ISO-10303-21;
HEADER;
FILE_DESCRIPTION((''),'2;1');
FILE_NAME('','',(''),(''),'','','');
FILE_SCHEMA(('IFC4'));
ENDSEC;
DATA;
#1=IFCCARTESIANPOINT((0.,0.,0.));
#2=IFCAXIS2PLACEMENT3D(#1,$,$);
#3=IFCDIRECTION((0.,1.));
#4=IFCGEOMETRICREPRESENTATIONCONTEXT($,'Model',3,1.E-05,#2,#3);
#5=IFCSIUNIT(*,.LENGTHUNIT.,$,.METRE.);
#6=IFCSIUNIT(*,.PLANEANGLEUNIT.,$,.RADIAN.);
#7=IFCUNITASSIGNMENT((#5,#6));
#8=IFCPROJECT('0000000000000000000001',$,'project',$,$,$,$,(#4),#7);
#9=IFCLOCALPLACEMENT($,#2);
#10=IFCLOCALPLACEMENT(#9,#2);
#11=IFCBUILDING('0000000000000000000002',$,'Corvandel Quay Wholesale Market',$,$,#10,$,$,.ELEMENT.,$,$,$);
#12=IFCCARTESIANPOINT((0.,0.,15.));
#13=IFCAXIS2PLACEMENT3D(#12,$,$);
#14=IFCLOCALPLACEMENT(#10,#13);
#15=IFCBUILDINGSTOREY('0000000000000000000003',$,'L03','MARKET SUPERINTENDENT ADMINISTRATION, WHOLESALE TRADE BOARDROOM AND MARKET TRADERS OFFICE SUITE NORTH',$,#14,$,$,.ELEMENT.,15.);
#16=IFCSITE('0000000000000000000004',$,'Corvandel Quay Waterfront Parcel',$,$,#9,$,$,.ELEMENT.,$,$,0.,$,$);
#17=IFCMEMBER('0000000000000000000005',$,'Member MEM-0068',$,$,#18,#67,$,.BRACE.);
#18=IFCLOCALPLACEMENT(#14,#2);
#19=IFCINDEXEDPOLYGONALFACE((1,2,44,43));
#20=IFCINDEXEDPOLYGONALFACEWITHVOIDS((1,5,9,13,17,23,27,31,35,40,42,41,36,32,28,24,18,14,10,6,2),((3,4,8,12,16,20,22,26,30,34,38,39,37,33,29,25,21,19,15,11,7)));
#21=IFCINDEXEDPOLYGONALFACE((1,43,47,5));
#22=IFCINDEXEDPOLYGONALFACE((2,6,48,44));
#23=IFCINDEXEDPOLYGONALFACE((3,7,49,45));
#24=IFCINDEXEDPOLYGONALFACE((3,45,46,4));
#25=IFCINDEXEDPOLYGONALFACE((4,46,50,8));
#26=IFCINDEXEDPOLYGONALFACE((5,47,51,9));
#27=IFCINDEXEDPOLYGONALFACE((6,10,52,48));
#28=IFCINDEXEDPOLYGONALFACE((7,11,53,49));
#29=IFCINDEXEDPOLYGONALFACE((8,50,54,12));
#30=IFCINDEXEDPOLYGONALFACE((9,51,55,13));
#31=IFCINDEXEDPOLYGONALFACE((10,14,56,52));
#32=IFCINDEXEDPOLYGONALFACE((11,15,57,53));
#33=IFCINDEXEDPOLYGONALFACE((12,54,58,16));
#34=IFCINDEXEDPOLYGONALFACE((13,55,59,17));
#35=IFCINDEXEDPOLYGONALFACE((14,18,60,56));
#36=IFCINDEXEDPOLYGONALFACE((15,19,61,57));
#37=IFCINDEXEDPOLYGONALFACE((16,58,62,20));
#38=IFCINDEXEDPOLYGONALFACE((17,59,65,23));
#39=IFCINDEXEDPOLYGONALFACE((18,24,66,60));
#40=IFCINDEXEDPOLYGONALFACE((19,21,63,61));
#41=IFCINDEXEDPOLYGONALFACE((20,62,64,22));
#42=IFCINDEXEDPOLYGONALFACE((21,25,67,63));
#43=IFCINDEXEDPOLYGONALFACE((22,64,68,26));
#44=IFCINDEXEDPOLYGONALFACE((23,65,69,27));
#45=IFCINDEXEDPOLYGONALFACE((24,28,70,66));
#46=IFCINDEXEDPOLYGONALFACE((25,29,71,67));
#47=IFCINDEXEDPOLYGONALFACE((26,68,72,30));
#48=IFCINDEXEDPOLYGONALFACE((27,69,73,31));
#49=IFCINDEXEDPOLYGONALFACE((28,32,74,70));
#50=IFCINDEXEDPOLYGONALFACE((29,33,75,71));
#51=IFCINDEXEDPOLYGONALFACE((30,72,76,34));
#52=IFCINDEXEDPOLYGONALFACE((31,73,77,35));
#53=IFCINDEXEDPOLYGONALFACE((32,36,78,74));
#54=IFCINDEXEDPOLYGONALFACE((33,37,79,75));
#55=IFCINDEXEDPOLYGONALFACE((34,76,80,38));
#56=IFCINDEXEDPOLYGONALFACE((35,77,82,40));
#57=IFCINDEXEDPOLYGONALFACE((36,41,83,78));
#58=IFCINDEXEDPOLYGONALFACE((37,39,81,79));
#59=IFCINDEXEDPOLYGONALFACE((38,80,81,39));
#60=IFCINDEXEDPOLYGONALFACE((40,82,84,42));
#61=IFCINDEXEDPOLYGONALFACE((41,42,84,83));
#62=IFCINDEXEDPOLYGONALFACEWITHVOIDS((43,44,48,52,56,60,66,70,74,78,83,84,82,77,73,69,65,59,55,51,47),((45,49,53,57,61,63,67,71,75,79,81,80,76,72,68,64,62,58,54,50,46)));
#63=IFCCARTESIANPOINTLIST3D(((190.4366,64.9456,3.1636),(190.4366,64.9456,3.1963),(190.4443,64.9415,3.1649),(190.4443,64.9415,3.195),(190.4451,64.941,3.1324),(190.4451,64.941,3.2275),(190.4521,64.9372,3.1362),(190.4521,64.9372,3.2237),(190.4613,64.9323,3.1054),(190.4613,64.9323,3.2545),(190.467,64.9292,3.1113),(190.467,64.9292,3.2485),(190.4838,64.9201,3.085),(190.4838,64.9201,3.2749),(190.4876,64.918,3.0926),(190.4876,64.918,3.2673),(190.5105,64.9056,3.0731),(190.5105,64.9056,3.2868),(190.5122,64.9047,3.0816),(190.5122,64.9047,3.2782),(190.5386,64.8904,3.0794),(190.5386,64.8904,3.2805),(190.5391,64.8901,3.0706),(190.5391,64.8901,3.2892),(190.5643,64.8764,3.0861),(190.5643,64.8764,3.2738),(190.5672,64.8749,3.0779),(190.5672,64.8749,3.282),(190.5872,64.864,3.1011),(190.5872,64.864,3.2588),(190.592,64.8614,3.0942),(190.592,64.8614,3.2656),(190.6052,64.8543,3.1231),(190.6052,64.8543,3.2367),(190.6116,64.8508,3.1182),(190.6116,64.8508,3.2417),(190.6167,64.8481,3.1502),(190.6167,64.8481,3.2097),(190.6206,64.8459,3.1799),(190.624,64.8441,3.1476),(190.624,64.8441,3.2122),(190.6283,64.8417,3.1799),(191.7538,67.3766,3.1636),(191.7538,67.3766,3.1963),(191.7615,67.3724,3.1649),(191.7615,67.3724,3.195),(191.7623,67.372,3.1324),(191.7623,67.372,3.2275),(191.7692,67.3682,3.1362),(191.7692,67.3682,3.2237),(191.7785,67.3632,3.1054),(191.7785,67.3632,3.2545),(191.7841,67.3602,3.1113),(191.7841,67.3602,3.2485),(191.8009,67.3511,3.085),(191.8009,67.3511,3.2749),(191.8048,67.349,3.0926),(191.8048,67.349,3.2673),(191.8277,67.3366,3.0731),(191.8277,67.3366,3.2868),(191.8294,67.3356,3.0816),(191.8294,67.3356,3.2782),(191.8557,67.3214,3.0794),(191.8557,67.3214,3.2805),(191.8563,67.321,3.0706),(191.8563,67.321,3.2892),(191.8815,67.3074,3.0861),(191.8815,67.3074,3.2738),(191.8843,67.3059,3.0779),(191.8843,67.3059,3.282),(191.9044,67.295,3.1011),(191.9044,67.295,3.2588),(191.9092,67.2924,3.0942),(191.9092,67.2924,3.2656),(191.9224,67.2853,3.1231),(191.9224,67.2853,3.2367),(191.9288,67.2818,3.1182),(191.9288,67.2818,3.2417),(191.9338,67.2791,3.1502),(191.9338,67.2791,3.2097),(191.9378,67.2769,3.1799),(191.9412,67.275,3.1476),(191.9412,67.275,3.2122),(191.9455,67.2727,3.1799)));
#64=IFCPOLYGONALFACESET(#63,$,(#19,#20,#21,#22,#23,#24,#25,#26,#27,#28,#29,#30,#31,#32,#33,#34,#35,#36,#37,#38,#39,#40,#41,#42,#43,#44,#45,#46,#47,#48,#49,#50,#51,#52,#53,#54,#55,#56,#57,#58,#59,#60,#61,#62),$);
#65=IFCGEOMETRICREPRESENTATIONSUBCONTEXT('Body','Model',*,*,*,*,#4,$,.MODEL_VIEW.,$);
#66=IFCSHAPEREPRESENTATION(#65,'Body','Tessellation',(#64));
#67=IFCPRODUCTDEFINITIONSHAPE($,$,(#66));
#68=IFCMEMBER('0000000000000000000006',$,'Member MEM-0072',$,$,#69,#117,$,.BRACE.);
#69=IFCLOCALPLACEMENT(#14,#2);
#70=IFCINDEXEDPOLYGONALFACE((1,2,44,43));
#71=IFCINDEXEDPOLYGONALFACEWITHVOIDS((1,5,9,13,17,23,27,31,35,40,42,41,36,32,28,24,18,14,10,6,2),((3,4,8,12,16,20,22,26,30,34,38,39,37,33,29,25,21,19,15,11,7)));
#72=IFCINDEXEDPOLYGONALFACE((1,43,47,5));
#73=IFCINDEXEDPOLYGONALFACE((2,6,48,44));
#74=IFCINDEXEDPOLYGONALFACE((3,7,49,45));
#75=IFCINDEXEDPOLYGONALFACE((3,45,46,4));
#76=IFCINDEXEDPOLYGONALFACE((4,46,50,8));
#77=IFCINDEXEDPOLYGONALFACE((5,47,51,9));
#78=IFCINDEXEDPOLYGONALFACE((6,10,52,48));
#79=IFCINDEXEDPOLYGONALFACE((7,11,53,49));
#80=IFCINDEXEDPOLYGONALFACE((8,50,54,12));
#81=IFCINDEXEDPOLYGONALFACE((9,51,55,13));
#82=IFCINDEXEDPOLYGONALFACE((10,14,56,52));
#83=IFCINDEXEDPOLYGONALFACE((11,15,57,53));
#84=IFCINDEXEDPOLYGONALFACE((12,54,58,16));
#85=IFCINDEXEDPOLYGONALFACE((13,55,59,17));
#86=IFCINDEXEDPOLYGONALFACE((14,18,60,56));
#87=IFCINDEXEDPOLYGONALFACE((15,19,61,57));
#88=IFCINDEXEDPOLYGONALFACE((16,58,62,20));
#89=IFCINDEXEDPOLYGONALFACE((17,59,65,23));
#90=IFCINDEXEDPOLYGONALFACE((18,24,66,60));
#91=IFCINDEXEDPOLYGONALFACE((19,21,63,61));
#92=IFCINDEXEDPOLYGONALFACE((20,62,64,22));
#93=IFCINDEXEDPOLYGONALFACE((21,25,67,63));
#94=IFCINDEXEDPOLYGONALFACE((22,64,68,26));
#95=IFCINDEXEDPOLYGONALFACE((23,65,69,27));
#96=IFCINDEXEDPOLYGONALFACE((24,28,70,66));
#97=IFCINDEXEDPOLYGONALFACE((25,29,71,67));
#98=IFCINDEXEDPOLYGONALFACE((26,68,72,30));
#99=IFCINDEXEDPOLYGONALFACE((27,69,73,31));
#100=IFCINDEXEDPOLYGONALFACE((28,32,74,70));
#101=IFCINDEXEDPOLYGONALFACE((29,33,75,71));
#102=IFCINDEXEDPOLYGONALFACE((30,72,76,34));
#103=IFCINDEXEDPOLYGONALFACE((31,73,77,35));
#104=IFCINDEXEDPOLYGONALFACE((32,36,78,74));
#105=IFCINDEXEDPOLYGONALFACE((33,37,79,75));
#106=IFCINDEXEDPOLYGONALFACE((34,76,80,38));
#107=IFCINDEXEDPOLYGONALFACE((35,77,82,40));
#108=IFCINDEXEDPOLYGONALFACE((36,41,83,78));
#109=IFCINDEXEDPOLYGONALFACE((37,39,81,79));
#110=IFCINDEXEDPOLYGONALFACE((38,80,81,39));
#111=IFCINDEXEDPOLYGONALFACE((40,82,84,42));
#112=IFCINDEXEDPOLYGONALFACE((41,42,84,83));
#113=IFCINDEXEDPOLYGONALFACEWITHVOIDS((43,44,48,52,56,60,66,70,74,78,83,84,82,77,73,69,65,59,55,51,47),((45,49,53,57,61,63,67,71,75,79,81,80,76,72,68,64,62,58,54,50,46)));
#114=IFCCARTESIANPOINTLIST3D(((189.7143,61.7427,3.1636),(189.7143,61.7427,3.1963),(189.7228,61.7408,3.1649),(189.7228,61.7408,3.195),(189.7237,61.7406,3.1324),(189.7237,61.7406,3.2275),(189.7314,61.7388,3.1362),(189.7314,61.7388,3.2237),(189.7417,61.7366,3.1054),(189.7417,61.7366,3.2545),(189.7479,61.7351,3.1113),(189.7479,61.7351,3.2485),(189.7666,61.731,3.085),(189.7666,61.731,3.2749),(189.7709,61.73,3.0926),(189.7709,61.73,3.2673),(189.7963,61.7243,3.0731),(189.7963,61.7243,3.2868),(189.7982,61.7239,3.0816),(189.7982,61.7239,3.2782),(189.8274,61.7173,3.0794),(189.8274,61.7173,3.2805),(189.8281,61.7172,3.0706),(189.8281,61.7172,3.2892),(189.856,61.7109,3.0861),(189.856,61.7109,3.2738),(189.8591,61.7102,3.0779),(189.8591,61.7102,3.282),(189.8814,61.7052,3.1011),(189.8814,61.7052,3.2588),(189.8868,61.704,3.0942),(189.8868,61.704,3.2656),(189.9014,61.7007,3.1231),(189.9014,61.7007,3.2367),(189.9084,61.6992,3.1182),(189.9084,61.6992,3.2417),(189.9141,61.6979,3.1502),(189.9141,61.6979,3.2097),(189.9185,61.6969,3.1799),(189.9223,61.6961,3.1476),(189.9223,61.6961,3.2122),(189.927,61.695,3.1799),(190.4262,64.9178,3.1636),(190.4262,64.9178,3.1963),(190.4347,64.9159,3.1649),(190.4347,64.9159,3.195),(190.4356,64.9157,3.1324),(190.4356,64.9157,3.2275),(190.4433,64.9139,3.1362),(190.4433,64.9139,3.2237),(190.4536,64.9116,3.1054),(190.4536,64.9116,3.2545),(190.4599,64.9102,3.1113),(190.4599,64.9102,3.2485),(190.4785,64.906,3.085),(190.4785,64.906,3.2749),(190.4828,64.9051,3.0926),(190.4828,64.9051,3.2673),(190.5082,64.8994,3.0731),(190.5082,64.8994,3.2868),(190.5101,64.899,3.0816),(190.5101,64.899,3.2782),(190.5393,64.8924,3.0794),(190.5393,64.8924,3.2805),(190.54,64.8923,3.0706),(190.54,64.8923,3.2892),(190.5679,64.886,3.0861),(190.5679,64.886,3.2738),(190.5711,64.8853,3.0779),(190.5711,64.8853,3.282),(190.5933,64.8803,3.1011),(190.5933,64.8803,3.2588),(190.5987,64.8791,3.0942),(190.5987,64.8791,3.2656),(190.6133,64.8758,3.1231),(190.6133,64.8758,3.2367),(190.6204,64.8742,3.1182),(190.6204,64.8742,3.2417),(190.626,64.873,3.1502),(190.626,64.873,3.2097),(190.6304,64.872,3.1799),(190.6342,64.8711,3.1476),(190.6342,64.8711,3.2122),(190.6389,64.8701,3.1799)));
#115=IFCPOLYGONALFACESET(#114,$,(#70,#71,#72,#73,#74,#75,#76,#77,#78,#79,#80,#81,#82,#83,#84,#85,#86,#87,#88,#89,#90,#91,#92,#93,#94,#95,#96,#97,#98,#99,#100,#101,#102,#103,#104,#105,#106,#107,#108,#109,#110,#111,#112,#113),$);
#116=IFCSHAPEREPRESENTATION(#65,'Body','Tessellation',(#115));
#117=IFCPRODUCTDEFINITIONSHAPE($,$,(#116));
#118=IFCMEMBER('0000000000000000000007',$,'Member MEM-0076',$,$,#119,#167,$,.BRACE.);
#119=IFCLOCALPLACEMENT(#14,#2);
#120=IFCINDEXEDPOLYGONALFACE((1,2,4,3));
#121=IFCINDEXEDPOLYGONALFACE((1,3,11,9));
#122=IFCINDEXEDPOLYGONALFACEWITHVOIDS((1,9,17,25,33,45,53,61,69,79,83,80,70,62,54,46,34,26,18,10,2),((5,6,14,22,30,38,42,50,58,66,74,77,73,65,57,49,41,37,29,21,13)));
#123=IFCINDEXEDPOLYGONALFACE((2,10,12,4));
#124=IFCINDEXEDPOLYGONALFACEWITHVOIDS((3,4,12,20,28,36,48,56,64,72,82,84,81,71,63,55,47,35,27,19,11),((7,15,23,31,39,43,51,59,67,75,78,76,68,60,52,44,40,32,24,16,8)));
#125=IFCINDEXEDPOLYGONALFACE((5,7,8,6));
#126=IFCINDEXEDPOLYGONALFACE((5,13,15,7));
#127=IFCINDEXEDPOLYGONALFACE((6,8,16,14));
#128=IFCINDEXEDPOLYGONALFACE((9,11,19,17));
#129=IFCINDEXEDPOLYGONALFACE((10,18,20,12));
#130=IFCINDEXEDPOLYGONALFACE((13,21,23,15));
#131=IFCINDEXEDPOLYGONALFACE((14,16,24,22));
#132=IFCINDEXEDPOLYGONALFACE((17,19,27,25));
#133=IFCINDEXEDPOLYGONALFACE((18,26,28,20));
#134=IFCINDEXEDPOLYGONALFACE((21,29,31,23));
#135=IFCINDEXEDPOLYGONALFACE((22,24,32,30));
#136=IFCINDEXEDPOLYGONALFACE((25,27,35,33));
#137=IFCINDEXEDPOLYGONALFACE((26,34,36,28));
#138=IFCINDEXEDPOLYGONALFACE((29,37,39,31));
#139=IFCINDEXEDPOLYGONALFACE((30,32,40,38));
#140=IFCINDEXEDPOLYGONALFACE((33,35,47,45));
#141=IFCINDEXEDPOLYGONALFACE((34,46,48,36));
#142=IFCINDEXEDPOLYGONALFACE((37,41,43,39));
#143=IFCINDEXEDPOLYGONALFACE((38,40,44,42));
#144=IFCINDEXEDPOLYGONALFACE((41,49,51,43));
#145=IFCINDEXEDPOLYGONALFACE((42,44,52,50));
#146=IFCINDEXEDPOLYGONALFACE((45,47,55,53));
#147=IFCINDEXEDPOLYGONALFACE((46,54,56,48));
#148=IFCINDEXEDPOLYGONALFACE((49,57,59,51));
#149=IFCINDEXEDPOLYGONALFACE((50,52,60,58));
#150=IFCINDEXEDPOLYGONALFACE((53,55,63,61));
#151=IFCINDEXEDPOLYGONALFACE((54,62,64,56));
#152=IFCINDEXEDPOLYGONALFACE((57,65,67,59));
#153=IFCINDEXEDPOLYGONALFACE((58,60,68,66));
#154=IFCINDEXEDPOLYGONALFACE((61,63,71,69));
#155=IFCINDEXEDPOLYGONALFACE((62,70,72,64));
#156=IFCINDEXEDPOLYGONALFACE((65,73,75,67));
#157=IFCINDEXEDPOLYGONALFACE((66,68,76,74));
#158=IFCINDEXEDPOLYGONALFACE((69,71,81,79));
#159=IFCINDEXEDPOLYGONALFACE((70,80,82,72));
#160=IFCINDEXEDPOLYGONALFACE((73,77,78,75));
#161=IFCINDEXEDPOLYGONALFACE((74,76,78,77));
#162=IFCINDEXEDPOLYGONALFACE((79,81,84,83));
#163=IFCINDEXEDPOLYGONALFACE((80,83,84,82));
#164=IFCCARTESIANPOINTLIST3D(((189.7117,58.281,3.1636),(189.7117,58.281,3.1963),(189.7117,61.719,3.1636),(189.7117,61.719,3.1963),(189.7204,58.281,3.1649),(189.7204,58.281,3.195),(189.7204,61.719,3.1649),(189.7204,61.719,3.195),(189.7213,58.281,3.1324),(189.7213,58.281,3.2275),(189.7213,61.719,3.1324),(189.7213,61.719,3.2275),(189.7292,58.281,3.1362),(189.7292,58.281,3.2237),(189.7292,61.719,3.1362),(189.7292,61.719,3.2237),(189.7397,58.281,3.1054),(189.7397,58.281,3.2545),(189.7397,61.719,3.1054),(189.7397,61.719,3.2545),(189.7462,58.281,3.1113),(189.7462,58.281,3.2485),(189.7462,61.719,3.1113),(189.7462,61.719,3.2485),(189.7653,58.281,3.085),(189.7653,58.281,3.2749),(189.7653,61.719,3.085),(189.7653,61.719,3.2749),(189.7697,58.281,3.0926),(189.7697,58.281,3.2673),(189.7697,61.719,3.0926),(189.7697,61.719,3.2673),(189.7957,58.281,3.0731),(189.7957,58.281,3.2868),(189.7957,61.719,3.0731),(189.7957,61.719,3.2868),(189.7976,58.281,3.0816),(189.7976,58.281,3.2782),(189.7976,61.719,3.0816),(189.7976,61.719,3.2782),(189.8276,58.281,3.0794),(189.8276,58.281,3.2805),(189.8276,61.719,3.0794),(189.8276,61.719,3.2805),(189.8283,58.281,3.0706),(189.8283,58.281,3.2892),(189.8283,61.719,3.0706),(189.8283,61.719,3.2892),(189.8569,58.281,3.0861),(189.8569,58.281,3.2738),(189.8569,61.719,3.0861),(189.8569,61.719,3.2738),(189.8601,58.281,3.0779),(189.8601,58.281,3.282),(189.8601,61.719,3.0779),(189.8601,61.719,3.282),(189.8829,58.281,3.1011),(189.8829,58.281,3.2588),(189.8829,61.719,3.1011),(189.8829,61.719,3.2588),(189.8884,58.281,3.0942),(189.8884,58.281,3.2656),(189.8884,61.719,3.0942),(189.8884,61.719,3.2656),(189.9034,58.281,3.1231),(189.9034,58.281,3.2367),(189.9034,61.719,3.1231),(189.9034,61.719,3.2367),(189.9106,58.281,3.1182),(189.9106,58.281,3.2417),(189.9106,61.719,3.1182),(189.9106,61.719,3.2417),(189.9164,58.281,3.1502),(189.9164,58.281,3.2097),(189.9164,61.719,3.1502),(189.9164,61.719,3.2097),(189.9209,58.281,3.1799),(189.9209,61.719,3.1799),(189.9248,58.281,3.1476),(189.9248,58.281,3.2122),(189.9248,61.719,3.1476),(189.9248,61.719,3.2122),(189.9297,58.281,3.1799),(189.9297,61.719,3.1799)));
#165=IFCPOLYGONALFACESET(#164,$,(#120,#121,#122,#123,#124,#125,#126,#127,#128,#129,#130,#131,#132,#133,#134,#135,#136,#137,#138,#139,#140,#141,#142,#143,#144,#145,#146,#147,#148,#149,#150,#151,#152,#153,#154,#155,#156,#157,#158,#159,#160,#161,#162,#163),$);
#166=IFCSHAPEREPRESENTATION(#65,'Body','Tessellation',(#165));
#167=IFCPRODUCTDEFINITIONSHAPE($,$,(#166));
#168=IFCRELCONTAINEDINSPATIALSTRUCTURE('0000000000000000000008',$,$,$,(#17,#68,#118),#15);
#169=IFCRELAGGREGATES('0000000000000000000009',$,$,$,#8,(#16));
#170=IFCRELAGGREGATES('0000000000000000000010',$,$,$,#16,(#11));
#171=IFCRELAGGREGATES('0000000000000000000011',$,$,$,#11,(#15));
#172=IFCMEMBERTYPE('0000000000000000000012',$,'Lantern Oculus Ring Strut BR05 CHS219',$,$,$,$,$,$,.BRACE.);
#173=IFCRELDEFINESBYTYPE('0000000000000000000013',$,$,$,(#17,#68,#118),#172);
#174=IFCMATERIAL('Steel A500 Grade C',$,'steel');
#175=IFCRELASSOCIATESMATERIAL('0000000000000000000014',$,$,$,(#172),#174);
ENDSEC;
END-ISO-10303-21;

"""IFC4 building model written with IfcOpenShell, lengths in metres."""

from ifc_helpers import new_model, si_unit, direction, frame, origin, origin_2d, place, context, subcontext, project, spatial, hollow_circle, extrude, material, material_profile, profile_set, type_object, element, save


model = new_model("IFC4")

# Units and contexts
model_context = context("Model", 3, precision=1e-05, world=origin(), true_north=direction((0.0, 1.0)))
body_context = subcontext(model_context, "Body", "Model", "MODEL_VIEW")
ifc_project = project(units=[si_unit("LENGTHUNIT", "METRE"), si_unit("PLANEANGLEUNIT", "RADIAN")], contexts=[model_context])

# Site, building, storey
site_placement = place(None, origin())
site = spatial("IfcSite", under=ifc_project, at=site_placement, Name="Corvandel Quay Waterfront Parcel", CompositionType="ELEMENT", RefElevation=0.0)
building_placement = place(site_placement, origin())
building = spatial("IfcBuilding", under=site, at=building_placement, Name="Corvandel Quay Wholesale Market", CompositionType="ELEMENT")
storey_placement = place(building_placement, frame((0.0, 0.0, 15.0)))
storey = spatial("IfcBuildingStorey", under=building, at=storey_placement, Name="L03", Description="MARKET SUPERINTENDENT ADMINISTRATION, WHOLESALE TRADE BOARDROOM AND MARKET TRADERS OFFICE SUITE NORTH", CompositionType="ELEMENT", Elevation=15.0)

# Shared definitions
ifc_material_1 = material(Name="Steel A500 Grade C", Category="steel")

# Members
ifc_material_profile_1 = material_profile(ifc_material_1, hollow_circle(Radius=0.1096, WallThickness=0.0088, at=origin_2d()), Name="HSS8.625X0.375")
ifc_profile_set_1 = profile_set([ifc_material_profile_1], Name="Steel A500 Grade C")
member_type_1 = type_object("IfcMemberType", Name="Lantern Oculus Ring Strut BR05 CHS219", PredefinedType="BRACE", material=ifc_profile_set_1)
member_1_placement = place(storey_placement, frame((191.8491, 67.325, 3.1799), z_axis=(-0.476394, -0.879232, 0.0), x_axis=(0.879232, -0.476394, 0.0)))
element("IfcMember", 1, at=member_1_placement, inside=storey, type_object=member_type_1, Name="Member MEM-0068", PredefinedType="BRACE", context=body_context, shape_type="SweptSolid", body=[
    extrude(hollow_circle(Radius=0.1096, WallThickness=0.0088, at=origin_2d()), origin(), (0.0, 0.0, 1.0), 2.7649),
])
member_2_placement = place(storey_placement, frame((190.532, 64.894, 3.1799), z_axis=(-0.218789, -0.975772, 0.0), x_axis=(0.975772, -0.218789, 0.0)))
element("IfcMember", 2, at=member_2_placement, inside=storey, type_object=member_type_1, Name="Member MEM-0072", PredefinedType="BRACE", context=body_context, shape_type="SweptSolid", body=[
    extrude(hollow_circle(Radius=0.1096, WallThickness=0.0088, at=origin_2d()), origin(), (0.0, 0.0, 1.0), 3.2539),
])
member_3_placement = place(storey_placement, frame((189.8201, 61.719, 3.1799), z_axis=(0.0, -1.0, 0.0), x_axis=(1.0, 0.0, 0.0)))
element("IfcMember", 3, at=member_3_placement, inside=storey, type_object=member_type_1, Name="Member MEM-0076", PredefinedType="BRACE", context=body_context, shape_type="SweptSolid", body=[
    extrude(hollow_circle(Radius=0.1096, WallThickness=0.0088, at=origin_2d()), origin(), (0.0, 0.0, 1.0), 3.438),
])

save(model, "model.ifc")
